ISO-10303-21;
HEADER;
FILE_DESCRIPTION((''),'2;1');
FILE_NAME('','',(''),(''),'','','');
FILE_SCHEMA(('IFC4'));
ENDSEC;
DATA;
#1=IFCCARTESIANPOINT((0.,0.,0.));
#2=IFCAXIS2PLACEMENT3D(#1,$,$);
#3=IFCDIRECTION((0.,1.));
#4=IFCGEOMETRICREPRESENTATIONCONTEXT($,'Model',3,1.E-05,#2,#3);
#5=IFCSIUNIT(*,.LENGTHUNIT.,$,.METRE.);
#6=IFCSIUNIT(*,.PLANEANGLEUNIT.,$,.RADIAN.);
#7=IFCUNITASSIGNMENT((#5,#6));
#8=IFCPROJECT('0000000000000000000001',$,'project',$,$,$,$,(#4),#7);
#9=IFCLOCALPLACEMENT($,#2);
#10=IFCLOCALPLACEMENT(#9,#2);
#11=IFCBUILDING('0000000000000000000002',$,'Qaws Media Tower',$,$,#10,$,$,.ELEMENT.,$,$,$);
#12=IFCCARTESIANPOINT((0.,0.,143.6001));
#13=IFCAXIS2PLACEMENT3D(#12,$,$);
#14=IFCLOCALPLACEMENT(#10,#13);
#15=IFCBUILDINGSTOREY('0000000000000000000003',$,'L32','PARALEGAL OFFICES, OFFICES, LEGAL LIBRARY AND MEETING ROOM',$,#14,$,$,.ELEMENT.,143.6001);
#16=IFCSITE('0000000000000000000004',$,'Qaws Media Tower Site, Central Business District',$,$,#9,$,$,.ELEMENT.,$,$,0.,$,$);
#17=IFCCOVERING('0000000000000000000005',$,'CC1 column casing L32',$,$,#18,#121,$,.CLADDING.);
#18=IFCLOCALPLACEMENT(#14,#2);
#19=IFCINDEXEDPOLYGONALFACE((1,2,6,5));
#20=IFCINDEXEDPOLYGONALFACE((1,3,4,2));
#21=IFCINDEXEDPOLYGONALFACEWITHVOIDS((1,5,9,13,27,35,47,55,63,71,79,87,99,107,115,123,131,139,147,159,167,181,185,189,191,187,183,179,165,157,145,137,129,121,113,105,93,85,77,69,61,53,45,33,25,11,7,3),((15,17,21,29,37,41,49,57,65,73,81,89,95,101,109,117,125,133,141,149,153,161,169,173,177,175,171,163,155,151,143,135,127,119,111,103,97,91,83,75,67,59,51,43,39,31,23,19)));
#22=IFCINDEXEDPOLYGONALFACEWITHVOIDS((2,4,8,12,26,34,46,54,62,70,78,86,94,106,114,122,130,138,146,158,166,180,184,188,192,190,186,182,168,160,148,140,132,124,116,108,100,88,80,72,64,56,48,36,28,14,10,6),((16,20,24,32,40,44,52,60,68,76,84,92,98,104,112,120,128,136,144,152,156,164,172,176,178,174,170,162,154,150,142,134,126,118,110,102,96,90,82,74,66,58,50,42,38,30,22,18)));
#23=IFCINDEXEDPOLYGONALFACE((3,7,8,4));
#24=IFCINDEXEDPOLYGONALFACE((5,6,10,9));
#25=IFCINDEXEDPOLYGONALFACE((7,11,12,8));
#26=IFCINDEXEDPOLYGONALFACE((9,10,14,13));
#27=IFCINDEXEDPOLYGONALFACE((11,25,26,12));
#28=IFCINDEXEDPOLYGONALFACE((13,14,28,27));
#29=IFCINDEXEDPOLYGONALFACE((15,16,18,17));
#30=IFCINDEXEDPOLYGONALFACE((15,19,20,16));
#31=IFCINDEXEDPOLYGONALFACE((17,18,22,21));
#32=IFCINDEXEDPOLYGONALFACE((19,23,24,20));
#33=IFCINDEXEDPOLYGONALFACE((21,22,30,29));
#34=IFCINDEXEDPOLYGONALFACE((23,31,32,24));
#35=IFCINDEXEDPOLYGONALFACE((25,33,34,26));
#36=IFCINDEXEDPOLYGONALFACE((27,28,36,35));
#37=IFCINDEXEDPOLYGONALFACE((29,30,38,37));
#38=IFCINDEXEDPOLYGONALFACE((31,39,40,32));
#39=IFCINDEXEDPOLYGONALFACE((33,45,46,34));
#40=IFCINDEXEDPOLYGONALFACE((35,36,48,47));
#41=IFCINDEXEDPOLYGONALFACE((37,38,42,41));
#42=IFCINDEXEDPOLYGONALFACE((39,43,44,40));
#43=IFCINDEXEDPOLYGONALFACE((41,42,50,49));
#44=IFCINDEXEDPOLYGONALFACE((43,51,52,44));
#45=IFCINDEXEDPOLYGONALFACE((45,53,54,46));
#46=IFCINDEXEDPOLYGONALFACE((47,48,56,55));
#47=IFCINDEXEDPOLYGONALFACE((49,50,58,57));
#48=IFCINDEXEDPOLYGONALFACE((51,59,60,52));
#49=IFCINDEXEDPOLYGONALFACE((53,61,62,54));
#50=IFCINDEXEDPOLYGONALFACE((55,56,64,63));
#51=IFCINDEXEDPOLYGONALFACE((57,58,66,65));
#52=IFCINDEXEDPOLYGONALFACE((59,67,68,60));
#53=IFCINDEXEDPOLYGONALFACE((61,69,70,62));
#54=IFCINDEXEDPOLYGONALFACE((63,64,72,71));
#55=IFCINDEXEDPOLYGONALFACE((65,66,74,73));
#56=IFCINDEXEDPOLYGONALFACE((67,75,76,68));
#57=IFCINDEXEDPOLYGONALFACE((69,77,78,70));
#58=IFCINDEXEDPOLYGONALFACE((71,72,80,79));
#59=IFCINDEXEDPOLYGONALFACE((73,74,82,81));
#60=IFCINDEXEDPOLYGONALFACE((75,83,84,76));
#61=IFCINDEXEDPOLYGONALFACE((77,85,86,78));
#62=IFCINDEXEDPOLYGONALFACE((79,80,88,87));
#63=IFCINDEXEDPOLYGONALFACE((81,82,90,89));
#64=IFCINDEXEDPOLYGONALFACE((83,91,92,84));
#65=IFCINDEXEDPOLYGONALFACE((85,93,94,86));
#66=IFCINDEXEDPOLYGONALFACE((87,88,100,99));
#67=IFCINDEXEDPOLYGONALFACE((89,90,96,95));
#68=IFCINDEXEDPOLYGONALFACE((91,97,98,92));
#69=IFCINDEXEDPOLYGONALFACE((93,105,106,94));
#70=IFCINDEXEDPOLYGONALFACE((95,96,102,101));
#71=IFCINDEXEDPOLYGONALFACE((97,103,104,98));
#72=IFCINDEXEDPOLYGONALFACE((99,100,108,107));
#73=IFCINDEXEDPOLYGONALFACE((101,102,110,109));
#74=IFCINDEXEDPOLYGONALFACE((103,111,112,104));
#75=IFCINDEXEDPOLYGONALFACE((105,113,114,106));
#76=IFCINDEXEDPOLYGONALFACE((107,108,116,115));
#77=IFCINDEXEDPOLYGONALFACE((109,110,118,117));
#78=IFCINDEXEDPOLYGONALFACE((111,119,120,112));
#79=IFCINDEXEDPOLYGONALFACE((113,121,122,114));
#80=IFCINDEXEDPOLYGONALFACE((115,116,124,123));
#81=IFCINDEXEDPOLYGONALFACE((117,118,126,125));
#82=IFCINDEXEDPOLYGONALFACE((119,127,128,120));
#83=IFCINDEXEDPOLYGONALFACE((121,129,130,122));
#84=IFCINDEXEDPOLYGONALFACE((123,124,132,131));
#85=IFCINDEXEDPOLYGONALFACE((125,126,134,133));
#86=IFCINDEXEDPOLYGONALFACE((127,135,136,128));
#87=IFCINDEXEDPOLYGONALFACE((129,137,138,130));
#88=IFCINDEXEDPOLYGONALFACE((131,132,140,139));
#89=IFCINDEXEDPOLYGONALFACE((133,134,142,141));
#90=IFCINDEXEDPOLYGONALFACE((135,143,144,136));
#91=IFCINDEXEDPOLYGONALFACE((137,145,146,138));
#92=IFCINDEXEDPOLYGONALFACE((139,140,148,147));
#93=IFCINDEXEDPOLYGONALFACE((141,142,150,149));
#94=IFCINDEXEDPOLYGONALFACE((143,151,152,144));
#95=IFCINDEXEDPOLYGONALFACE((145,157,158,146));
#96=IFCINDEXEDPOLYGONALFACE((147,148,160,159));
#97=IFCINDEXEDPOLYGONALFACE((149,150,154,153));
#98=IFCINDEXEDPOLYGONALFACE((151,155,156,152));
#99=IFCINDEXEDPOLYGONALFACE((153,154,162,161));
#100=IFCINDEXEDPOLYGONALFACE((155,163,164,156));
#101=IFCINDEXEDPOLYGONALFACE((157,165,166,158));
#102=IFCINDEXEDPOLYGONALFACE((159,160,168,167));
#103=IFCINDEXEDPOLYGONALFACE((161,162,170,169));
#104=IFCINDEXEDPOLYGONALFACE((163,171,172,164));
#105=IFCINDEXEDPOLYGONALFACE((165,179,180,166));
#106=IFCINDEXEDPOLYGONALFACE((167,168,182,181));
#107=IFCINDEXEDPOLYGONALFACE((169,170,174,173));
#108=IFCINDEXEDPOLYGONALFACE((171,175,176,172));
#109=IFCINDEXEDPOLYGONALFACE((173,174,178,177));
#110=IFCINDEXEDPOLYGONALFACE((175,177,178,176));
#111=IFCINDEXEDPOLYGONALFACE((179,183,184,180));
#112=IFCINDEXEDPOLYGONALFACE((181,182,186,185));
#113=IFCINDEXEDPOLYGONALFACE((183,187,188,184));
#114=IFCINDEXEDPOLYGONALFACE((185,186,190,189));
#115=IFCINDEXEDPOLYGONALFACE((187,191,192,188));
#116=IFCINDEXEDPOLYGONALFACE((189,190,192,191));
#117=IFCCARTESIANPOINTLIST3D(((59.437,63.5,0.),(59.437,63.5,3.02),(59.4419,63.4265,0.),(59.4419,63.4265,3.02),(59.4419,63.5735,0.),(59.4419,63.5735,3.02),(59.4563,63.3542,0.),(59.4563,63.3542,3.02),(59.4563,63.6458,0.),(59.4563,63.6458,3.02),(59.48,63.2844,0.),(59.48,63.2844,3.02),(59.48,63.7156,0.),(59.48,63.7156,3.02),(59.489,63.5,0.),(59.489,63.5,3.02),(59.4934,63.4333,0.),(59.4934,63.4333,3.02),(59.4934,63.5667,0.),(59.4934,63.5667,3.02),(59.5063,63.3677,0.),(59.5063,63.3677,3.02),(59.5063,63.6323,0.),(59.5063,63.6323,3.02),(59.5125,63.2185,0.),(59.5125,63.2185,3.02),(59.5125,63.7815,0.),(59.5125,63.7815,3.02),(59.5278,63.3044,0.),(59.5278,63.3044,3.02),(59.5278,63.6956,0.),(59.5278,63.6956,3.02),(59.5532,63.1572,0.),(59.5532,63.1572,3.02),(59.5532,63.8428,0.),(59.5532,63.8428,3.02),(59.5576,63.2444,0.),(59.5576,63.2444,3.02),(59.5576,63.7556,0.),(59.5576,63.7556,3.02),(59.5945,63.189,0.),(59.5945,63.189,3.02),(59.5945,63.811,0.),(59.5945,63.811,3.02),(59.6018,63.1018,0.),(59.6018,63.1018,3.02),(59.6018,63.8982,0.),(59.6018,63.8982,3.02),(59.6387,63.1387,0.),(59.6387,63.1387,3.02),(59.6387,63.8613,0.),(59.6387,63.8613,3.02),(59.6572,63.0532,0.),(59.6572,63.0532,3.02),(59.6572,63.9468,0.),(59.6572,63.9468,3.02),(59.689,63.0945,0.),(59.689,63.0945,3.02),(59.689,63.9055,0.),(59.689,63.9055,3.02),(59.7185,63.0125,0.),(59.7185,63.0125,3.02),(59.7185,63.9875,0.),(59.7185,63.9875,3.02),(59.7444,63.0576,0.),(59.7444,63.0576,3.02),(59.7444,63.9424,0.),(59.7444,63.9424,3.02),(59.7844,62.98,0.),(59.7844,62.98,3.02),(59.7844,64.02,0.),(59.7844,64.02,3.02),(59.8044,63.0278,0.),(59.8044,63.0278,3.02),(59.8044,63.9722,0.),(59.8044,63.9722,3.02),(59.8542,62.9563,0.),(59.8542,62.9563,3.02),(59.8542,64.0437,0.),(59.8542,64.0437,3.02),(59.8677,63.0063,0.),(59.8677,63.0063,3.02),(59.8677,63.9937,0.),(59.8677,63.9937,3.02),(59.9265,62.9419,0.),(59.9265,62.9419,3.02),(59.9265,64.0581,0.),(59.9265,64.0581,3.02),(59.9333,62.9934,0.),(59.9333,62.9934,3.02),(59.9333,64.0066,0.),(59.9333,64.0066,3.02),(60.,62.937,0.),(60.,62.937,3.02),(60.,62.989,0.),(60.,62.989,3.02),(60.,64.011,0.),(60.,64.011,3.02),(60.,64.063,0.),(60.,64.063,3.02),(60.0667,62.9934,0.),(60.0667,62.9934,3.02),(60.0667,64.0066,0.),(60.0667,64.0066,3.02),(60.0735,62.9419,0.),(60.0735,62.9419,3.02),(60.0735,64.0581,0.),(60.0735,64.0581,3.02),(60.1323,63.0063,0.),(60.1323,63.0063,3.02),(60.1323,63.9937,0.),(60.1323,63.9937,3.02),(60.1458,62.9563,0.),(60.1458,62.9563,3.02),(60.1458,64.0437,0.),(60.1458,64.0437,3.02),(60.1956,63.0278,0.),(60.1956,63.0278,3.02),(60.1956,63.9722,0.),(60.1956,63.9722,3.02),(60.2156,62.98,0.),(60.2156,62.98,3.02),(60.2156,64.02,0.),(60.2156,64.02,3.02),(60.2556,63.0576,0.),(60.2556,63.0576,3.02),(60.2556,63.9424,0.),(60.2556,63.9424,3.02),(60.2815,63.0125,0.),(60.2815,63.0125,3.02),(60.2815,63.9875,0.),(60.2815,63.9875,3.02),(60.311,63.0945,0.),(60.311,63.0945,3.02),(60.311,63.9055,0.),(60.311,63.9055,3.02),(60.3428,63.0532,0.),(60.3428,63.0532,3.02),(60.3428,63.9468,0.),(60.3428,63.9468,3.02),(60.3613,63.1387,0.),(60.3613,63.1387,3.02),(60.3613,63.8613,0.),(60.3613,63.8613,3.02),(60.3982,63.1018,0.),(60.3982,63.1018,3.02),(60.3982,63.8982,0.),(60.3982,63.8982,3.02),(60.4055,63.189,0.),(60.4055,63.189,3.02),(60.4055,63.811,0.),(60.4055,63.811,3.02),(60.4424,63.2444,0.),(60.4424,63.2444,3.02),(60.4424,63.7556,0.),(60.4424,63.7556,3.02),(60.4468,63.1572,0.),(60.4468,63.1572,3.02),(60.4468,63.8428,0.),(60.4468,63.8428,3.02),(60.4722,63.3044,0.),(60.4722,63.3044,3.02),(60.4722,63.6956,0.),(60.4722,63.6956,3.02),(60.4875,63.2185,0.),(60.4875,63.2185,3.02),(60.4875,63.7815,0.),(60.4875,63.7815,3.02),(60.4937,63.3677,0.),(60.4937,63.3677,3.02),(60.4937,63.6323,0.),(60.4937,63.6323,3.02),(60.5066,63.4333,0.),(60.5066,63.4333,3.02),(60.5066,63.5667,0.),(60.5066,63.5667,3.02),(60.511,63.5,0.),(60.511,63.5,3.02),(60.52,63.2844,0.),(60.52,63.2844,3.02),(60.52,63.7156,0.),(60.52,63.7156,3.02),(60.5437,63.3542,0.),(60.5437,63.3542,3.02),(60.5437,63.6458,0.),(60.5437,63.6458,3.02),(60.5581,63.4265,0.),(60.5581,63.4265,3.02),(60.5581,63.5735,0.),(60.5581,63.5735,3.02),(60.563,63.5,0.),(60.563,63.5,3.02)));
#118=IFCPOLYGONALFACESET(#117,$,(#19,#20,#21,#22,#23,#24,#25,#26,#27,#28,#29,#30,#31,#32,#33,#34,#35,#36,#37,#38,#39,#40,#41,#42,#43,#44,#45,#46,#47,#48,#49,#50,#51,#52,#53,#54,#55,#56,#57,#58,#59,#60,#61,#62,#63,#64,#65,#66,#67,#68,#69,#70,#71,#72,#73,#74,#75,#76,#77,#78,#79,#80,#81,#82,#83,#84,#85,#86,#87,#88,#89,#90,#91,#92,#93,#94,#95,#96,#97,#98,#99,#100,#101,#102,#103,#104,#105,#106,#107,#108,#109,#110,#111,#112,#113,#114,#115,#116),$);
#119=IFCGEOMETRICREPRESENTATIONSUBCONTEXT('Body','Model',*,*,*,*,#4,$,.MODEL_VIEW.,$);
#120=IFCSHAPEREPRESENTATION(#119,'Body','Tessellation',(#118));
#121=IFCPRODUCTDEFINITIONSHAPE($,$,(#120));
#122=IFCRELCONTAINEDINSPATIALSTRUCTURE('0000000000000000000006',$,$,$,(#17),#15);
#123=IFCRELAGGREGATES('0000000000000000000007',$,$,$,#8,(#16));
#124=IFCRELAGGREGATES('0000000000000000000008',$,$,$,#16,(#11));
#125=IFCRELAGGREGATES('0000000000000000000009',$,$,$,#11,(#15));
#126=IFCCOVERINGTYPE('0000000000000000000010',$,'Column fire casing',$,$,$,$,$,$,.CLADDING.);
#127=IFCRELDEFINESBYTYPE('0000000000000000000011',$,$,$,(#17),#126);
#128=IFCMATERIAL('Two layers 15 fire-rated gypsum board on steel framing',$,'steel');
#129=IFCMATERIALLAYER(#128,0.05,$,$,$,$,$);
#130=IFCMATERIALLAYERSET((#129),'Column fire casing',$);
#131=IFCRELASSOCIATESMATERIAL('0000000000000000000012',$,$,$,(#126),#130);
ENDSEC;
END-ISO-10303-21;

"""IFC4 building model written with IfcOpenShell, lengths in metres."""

from ifc_helpers import new_model, si_unit, direction, frame, origin, place, context, subcontext, project, spatial, polyline, outline, extrude, material, layer, layer_set, type_object, element, save


model = new_model("IFC4")

# Units and contexts
model_context = context("Model", 3, precision=1e-05, world=origin(), true_north=direction((0.0, 1.0)))
body_context = subcontext(model_context, "Body", "Model", "MODEL_VIEW")
ifc_project = project(units=[si_unit("LENGTHUNIT", "METRE"), si_unit("PLANEANGLEUNIT", "RADIAN")], contexts=[model_context])

# Site, building, storey
site_placement = place(None, origin())
site = spatial("IfcSite", under=ifc_project, at=site_placement, Name="Qaws Media Tower Site, Central Business District", CompositionType="ELEMENT", RefElevation=0.0)
building_placement = place(site_placement, origin())
building = spatial("IfcBuilding", under=site, at=building_placement, Name="Qaws Media Tower", CompositionType="ELEMENT")
storey_placement = place(building_placement, frame((0.0, 0.0, 143.6001)))
storey = spatial("IfcBuildingStorey", under=building, at=storey_placement, Name="L32", Description="PARALEGAL OFFICES, OFFICES, LEGAL LIBRARY AND MEETING ROOM", CompositionType="ELEMENT", Elevation=143.6001)

# Covering
ifc_material_1 = material(Name="Two layers 15 fire-rated gypsum board on steel framing", Category="steel")
ifc_layer_1 = layer(ifc_material_1, 0.05)
ifc_layer_set_1 = layer_set([ifc_layer_1], Name="Column fire casing")
covering_type_1 = type_object("IfcCoveringType", Name="Column fire casing", PredefinedType="CLADDING", material=ifc_layer_set_1)
covering_1_placement = place(storey_placement, origin())
element("IfcCovering", 1, at=covering_1_placement, inside=storey, type_object=covering_type_1, Name="CC1 column casing L32", PredefinedType="CLADDING", context=body_context, shape_type="SweptSolid", body=[
    extrude(outline(polyline([(60.563, 63.5), (60.5581, 63.4265), (60.5437, 63.3542), (60.52, 63.2844), (60.4875, 63.2185), (60.4468, 63.1572), (60.3982, 63.1018), (60.3428, 63.0532), (60.2815, 63.0125), (60.2156, 62.98), (60.1458, 62.9563), (60.0735, 62.9419), (60.0, 62.937), (59.9265, 62.9419), (59.8542, 62.9563), (59.7844, 62.98), (59.7185, 63.0125), (59.6572, 63.0532), (59.6018, 63.1018), (59.5532, 63.1572), (59.5125, 63.2185), (59.48, 63.2844), (59.4563, 63.3542), (59.4419, 63.4265), (59.437, 63.5), (59.4419, 63.5735), (59.4563, 63.6458), (59.48, 63.7156), (59.5125, 63.7815), (59.5532, 63.8428), (59.6018, 63.8982), (59.6572, 63.9468), (59.7185, 63.9875), (59.7844, 64.02), (59.8542, 64.0437), (59.9265, 64.0581), (60.0, 64.063), (60.0735, 64.0581), (60.1458, 64.0437), (60.2156, 64.02), (60.2815, 63.9875), (60.3428, 63.9468), (60.3982, 63.8982), (60.4468, 63.8428), (60.4875, 63.7815), (60.52, 63.7156), (60.5437, 63.6458), (60.5581, 63.5735), (60.563, 63.5)]), holes=[polyline([(60.511, 63.5), (60.5066, 63.4333), (60.4937, 63.3677), (60.4722, 63.3044), (60.4424, 63.2444), (60.4055, 63.189), (60.3613, 63.1387), (60.311, 63.0945), (60.2556, 63.0576), (60.1956, 63.0278), (60.1323, 63.0063), (60.0667, 62.9934), (60.0, 62.989), (59.9333, 62.9934), (59.8677, 63.0063), (59.8044, 63.0278), (59.7444, 63.0576), (59.689, 63.0945), (59.6387, 63.1387), (59.5945, 63.189), (59.5576, 63.2444), (59.5278, 63.3044), (59.5063, 63.3677), (59.4934, 63.4333), (59.489, 63.5), (59.4934, 63.5667), (59.5063, 63.6323), (59.5278, 63.6956), (59.5576, 63.7556), (59.5945, 63.811), (59.6387, 63.8613), (59.689, 63.9055), (59.7444, 63.9424), (59.8044, 63.9722), (59.8677, 63.9937), (59.9333, 64.0066), (60.0, 64.011), (60.0667, 64.0066), (60.1323, 63.9937), (60.1956, 63.9722), (60.2556, 63.9424), (60.311, 63.9055), (60.3613, 63.8613), (60.4055, 63.811), (60.4424, 63.7556), (60.4722, 63.6956), (60.4937, 63.6323), (60.5066, 63.5667), (60.511, 63.5)])]), origin(), (0.0, 0.0, 1.0), 3.02),
])

save(model, "model.ifc")
